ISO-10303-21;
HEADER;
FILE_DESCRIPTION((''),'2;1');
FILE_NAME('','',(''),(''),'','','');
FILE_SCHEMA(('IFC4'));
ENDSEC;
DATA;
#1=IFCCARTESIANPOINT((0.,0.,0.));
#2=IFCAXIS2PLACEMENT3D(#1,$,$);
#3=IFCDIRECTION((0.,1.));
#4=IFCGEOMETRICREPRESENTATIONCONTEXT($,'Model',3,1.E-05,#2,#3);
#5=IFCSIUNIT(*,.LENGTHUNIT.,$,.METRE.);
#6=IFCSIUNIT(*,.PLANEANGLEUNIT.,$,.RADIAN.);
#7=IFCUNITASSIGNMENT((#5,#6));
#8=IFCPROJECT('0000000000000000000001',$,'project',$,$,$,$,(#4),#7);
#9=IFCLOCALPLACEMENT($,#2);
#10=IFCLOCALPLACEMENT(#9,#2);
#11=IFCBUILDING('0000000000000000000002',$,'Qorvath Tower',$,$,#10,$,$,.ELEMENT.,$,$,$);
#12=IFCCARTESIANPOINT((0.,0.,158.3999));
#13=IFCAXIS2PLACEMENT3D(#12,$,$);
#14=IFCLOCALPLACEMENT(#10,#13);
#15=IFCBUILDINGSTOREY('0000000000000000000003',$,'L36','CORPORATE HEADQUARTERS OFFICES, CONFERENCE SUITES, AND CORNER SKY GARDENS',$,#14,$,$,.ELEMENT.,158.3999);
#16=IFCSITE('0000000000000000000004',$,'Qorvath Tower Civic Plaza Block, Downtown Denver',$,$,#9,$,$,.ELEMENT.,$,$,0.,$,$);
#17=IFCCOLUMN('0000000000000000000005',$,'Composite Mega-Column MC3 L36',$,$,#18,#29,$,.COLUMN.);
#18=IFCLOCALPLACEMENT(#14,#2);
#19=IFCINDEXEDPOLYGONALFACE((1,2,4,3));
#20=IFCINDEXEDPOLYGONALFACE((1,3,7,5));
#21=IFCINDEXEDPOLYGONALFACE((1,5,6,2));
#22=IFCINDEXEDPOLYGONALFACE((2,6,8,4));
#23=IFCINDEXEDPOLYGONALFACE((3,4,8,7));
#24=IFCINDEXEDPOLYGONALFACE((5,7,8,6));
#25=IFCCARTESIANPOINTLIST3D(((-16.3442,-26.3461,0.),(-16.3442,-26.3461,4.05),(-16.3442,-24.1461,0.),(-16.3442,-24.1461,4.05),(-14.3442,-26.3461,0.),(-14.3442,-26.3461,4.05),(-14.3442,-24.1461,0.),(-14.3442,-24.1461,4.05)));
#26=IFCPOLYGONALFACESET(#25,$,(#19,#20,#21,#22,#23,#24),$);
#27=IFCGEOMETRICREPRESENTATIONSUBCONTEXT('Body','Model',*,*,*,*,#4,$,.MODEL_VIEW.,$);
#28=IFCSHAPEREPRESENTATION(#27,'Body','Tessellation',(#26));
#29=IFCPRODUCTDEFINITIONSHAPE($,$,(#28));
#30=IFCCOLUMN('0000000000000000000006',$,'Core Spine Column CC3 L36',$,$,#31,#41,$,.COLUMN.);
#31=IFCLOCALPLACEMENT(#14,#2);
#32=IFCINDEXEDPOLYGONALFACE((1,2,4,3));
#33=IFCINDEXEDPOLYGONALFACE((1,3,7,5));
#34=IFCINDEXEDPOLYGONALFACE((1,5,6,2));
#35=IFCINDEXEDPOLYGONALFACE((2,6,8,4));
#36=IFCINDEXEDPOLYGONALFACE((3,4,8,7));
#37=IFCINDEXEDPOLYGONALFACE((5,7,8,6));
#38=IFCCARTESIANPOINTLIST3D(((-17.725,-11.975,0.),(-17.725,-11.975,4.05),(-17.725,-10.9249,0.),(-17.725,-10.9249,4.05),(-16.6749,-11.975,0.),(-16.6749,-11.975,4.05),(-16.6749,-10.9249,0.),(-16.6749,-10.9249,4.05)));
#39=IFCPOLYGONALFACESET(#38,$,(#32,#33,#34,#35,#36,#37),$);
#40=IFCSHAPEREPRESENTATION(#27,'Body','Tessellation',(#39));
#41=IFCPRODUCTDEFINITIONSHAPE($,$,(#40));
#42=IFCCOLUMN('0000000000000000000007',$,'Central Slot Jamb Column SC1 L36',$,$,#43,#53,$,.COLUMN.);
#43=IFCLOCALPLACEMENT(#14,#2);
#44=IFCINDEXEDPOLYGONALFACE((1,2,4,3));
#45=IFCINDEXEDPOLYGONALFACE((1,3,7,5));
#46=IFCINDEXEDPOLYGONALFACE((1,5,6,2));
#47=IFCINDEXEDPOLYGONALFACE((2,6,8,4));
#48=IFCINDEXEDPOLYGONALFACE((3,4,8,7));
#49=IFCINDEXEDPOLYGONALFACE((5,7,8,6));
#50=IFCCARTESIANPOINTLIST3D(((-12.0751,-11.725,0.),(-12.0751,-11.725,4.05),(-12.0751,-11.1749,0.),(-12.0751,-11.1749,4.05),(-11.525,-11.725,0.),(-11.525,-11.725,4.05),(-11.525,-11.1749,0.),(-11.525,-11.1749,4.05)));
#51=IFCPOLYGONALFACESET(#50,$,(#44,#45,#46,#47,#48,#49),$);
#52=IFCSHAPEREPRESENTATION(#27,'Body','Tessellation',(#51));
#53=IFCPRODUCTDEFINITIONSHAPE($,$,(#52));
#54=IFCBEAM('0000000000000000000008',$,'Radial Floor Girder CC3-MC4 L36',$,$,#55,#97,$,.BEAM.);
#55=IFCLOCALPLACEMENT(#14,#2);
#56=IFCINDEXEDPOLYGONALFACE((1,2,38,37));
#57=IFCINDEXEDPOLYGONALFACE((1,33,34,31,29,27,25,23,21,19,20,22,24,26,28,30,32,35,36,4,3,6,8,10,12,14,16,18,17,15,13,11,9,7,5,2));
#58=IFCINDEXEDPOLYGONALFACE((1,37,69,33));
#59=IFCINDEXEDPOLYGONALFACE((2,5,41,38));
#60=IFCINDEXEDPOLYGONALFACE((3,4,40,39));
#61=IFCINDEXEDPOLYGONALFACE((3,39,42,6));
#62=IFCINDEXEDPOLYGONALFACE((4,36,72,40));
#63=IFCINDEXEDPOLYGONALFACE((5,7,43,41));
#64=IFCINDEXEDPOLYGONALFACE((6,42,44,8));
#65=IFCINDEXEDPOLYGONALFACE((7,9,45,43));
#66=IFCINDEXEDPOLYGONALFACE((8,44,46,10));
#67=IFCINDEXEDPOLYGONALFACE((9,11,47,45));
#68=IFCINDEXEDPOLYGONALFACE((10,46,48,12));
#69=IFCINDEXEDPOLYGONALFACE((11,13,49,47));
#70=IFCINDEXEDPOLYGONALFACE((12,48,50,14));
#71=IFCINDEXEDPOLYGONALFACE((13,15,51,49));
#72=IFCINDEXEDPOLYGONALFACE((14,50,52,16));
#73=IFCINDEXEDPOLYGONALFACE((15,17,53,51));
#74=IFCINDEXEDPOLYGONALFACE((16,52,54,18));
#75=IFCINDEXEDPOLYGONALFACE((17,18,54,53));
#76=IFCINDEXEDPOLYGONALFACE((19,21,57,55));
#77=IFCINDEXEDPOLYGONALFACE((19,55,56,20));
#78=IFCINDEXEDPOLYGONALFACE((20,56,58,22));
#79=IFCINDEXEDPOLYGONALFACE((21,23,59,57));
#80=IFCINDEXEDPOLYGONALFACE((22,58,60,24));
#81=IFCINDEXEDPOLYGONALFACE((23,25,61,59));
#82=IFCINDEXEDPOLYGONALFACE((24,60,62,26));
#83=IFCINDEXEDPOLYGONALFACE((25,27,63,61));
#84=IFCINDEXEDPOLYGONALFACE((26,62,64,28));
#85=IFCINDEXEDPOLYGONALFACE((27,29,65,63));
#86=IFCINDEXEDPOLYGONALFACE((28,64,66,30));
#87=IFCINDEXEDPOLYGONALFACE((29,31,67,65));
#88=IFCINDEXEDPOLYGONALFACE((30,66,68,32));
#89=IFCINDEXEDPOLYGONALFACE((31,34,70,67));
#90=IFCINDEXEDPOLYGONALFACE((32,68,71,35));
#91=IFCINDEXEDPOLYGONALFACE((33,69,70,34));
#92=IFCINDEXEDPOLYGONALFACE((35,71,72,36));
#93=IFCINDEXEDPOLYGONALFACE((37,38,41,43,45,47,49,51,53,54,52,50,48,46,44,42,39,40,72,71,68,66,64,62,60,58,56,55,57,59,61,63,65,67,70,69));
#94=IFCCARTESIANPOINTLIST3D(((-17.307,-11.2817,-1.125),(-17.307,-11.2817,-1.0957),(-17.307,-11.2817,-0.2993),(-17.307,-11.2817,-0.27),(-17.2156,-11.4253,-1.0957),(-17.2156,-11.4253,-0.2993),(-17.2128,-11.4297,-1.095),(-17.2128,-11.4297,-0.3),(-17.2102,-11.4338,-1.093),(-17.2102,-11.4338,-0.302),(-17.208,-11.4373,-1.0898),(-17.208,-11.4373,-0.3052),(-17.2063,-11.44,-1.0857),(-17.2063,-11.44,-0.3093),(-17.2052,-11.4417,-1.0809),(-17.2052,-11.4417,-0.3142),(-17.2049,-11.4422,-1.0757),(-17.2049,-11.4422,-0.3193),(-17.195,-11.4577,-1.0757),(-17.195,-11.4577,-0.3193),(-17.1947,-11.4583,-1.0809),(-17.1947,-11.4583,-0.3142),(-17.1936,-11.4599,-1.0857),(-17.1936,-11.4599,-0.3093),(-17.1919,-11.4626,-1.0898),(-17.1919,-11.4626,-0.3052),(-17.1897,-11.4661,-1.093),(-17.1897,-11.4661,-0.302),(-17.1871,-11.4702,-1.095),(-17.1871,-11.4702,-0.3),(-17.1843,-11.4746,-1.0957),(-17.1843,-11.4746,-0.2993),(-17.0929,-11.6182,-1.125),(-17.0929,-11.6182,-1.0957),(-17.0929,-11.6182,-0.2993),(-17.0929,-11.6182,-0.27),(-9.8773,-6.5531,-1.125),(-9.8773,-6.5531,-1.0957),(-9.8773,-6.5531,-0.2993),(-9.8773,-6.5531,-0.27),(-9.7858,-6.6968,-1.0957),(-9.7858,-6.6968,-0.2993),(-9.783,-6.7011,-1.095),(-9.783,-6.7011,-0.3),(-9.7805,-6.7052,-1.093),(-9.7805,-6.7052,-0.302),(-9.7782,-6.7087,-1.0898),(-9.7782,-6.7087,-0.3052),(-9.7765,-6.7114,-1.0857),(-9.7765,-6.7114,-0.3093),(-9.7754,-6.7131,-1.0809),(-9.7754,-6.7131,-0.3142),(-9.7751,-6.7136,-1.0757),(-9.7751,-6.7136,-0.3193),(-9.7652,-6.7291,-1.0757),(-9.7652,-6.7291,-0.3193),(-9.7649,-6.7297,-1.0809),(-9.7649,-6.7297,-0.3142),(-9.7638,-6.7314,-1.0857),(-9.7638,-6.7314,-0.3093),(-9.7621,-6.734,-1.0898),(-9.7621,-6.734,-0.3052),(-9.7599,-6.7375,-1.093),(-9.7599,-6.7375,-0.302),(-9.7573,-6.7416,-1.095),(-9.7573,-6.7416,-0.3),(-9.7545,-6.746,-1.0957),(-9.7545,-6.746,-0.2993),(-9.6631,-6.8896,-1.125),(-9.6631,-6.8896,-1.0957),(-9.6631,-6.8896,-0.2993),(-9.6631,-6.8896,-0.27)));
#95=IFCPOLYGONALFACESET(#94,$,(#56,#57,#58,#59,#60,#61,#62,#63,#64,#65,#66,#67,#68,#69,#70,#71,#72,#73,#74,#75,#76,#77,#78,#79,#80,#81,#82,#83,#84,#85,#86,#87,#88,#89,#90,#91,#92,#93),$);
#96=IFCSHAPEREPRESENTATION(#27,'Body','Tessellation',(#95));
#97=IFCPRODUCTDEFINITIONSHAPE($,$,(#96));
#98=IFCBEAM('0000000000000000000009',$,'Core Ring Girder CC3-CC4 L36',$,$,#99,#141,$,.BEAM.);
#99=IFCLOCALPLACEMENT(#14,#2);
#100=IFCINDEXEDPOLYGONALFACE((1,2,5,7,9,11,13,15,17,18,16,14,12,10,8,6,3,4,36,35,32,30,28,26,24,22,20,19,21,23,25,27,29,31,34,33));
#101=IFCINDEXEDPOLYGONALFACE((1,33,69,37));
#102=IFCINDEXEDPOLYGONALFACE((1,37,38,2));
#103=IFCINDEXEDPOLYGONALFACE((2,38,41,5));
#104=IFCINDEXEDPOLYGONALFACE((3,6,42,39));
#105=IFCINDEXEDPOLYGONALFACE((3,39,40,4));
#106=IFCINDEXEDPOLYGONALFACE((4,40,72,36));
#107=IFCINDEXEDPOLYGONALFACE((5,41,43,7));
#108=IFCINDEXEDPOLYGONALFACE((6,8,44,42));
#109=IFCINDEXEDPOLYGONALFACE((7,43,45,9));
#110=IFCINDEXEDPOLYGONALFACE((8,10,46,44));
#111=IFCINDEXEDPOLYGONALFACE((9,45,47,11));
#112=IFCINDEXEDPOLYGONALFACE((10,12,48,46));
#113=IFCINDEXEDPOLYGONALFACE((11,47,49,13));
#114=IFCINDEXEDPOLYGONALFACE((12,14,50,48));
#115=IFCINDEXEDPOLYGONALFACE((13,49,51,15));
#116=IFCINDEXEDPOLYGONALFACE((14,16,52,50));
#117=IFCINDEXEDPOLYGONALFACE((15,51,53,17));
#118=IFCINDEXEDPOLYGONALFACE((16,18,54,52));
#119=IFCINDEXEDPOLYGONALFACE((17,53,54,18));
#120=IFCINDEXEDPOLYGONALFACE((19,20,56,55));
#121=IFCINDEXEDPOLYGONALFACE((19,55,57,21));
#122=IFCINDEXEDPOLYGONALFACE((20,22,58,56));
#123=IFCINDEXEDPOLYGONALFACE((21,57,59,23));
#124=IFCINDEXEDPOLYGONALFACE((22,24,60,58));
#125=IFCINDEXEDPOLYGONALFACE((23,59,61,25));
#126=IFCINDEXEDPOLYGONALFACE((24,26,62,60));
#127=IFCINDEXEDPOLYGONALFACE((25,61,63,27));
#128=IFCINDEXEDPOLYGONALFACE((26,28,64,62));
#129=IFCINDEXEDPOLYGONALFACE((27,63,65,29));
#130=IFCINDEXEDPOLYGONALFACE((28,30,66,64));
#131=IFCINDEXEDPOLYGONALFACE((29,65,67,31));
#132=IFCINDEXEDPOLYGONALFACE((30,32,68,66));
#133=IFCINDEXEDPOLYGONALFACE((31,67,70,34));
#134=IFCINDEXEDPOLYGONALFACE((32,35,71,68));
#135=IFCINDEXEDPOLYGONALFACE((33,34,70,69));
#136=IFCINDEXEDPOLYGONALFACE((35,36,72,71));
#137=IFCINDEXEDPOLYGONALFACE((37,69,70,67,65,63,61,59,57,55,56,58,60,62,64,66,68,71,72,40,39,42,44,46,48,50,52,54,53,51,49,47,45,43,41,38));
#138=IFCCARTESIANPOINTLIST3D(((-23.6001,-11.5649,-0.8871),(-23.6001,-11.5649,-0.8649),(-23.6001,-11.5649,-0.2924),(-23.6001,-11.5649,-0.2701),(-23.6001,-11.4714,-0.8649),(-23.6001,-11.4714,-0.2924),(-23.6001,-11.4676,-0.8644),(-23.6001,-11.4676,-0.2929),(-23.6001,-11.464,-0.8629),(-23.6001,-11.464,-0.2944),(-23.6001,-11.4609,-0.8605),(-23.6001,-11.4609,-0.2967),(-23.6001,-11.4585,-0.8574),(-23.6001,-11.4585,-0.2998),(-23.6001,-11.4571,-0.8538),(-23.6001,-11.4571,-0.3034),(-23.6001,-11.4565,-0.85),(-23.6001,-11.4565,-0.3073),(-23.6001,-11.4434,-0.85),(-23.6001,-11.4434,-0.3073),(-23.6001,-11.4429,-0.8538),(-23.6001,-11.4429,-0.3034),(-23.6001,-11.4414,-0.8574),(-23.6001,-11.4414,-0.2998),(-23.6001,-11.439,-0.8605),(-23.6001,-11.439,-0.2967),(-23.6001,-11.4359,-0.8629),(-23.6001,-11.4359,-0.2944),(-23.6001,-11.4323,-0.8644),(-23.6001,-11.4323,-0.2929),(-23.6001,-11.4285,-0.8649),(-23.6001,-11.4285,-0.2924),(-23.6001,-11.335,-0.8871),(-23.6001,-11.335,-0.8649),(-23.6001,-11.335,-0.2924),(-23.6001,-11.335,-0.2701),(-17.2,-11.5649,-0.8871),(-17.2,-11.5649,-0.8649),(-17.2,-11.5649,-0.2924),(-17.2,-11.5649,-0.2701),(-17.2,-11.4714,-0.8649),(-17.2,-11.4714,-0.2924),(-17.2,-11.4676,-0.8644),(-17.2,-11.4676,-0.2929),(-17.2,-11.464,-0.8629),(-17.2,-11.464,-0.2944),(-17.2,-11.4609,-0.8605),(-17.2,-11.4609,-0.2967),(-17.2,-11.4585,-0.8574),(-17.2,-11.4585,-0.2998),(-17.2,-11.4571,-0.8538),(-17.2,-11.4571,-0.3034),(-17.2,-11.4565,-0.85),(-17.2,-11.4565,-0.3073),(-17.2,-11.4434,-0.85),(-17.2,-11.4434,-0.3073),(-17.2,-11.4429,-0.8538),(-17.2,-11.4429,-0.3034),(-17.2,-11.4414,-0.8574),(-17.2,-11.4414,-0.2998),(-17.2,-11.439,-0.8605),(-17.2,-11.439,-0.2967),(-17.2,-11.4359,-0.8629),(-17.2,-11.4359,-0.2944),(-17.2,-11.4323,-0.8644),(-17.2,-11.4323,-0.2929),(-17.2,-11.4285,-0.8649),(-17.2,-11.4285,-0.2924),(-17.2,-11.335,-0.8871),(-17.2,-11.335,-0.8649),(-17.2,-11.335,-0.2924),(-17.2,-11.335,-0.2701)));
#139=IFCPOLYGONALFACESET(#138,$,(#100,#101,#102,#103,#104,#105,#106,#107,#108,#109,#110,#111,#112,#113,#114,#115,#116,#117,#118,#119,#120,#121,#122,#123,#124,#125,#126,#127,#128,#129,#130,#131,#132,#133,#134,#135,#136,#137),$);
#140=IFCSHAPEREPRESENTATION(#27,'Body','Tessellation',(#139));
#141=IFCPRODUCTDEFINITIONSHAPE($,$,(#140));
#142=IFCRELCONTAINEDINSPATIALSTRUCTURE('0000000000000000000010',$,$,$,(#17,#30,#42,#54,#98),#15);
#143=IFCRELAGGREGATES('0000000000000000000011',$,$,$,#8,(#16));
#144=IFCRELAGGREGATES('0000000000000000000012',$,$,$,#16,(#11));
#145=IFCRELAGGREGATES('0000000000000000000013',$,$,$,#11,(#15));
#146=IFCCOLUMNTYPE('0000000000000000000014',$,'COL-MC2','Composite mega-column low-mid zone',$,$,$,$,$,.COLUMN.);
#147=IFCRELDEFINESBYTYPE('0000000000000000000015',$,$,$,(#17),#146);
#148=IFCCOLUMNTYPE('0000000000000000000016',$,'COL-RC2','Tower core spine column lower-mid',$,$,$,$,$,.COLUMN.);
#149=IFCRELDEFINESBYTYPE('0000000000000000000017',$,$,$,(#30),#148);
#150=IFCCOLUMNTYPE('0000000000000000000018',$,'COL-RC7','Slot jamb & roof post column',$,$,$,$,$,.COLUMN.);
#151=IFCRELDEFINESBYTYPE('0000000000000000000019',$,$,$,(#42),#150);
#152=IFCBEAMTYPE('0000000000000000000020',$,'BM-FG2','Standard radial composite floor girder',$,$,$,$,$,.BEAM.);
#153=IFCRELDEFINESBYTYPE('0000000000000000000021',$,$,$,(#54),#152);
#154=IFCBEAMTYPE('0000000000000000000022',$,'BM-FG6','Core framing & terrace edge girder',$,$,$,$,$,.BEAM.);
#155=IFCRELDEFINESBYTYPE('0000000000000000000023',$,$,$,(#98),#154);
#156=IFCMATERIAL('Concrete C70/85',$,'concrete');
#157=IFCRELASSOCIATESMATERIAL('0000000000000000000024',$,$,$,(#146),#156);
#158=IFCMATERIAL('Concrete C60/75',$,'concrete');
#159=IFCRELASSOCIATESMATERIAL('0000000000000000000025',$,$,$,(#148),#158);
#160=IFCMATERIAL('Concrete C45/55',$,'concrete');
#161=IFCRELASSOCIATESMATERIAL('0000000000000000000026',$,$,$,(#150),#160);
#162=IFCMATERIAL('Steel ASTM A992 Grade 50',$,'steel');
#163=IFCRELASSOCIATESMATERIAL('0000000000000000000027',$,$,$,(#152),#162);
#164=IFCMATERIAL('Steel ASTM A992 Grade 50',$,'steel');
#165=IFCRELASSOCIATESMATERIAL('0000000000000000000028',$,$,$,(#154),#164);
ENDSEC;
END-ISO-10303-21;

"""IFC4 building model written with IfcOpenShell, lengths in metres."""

from ifc_helpers import new_model, si_unit, direction, frame, origin, origin_2d, place, context, subcontext, project, spatial, rectangle, i_section, extrude, material, material_profile, profile_set, type_object, element, save


model = new_model("IFC4")

# Units and contexts
model_context = context("Model", 3, precision=1e-05, world=origin(), true_north=direction((0.0, 1.0)))
body_context = subcontext(model_context, "Body", "Model", "MODEL_VIEW")
ifc_project = project(units=[si_unit("LENGTHUNIT", "METRE"), si_unit("PLANEANGLEUNIT", "RADIAN")], contexts=[model_context])

# Site, building, storey
site_placement = place(None, origin())
site = spatial("IfcSite", under=ifc_project, at=site_placement, Name="Qorvath Tower Civic Plaza Block, Downtown Denver", CompositionType="ELEMENT", RefElevation=0.0)
building_placement = place(site_placement, origin())
building = spatial("IfcBuilding", under=site, at=building_placement, Name="Qorvath Tower", CompositionType="ELEMENT")
storey_placement = place(building_placement, frame((0.0, 0.0, 158.3999)))
storey = spatial("IfcBuildingStorey", under=building, at=storey_placement, Name="L36", Description="CORPORATE HEADQUARTERS OFFICES, CONFERENCE SUITES, AND CORNER SKY GARDENS", CompositionType="ELEMENT", Elevation=158.3999)

# Columns
ifc_material_1 = material(Name="Concrete C70/85", Category="concrete")
ifc_material_profile_1 = material_profile(ifc_material_1, rectangle(XDim=2.0, YDim=2.2, at=origin_2d()), Name="MC 2200x2000")
ifc_profile_set_1 = profile_set([ifc_material_profile_1], Name="Concrete C70/85")
column_type_1 = type_object("IfcColumnType", Name="COL-MC2", Description="Composite mega-column low-mid zone", PredefinedType="COLUMN", material=ifc_profile_set_1)
column_1_placement = place(storey_placement, frame((-15.3442, -25.2461, 0.0), z_axis=(0.0, 0.0, 1.0), x_axis=(1.0, 0.0, 0.0)))
element("IfcColumn", 1, at=column_1_placement, inside=storey, type_object=column_type_1, Name="Composite Mega-Column MC3 L36", PredefinedType="COLUMN", context=body_context, shape_type="SweptSolid", body=[
    extrude(rectangle(XDim=2.0, YDim=2.2, at=origin_2d()), origin(), (0.0, 0.0, 1.0), 4.05),
])
ifc_material_2 = material(Name="Concrete C60/75", Category="concrete")
ifc_material_profile_2 = material_profile(ifc_material_2, rectangle(XDim=1.05, YDim=1.05, at=origin_2d()), Name="RC 1050x1050")
ifc_profile_set_2 = profile_set([ifc_material_profile_2], Name="Concrete C60/75")
column_type_2 = type_object("IfcColumnType", Name="COL-RC2", Description="Tower core spine column lower-mid", PredefinedType="COLUMN", material=ifc_profile_set_2)
column_2_placement = place(storey_placement, frame((-17.2, -11.45, 0.0), z_axis=(0.0, 0.0, 1.0), x_axis=(1.0, 0.0, 0.0)))
element("IfcColumn", 2, at=column_2_placement, inside=storey, type_object=column_type_2, Name="Core Spine Column CC3 L36", PredefinedType="COLUMN", context=body_context, shape_type="SweptSolid", body=[
    extrude(rectangle(XDim=1.05, YDim=1.05, at=origin_2d()), origin(), (0.0, 0.0, 1.0), 4.05),
])
ifc_material_3 = material(Name="Concrete C45/55", Category="concrete")
ifc_material_profile_3 = material_profile(ifc_material_3, rectangle(XDim=0.55, YDim=0.55, at=origin_2d()), Name="RC 550x550")
ifc_profile_set_3 = profile_set([ifc_material_profile_3], Name="Concrete C45/55")
column_type_3 = type_object("IfcColumnType", Name="COL-RC7", Description="Slot jamb & roof post column", PredefinedType="COLUMN", material=ifc_profile_set_3)
column_3_placement = place(storey_placement, frame((-11.8, -11.45, 0.0), z_axis=(0.0, 0.0, 1.0), x_axis=(1.0, 0.0, 0.0)))
element("IfcColumn", 3, at=column_3_placement, inside=storey, type_object=column_type_3, Name="Central Slot Jamb Column SC1 L36", PredefinedType="COLUMN", context=body_context, shape_type="SweptSolid", body=[
    extrude(rectangle(XDim=0.55, YDim=0.55, at=origin_2d()), origin(), (0.0, 0.0, 1.0), 4.05),
])

# Beams
ifc_material_4 = material(Name="Steel ASTM A992 Grade 50", Category="steel")
ifc_material_profile_4 = material_profile(ifc_material_4, i_section(OverallWidth=0.3989, OverallDepth=0.855, WebThickness=0.0183, FlangeThickness=0.0293, FilletRadius=0.02, at=origin_2d()), Name="W33x201")
ifc_profile_set_4 = profile_set([ifc_material_profile_4], Name="Steel ASTM A992 Grade 50")
beam_type_1 = type_object("IfcBeamType", Name="BM-FG2", Description="Standard radial composite floor girder", PredefinedType="BEAM", material=ifc_profile_set_4)
beam_1_placement = place(storey_placement, frame((-17.2, -11.45, -0.6975), z_axis=(0.843634, 0.536919, 0.0), x_axis=(-0.536919, 0.843634, 0.0)))
element("IfcBeam", 4, at=beam_1_placement, inside=storey, type_object=beam_type_1, Name="Radial Floor Girder CC3-MC4 L36", PredefinedType="BEAM", context=body_context, shape_type="SweptSolid", body=[
    extrude(i_section(OverallWidth=0.3989, OverallDepth=0.855, WebThickness=0.0183, FlangeThickness=0.0293, FilletRadius=0.02, at=origin_2d()), origin(), (0.0, 0.0, 1.0), 8.8069),
])
ifc_material_5 = material(Name="Steel ASTM A992 Grade 50", Category="steel")
ifc_material_profile_5 = material_profile(ifc_material_5, i_section(OverallWidth=0.23, OverallDepth=0.6169, WebThickness=0.0132, FlangeThickness=0.0222, FilletRadius=0.0149, at=origin_2d()), Name="W24x94")
ifc_profile_set_5 = profile_set([ifc_material_profile_5], Name="Steel ASTM A992 Grade 50")
beam_type_2 = type_object("IfcBeamType", Name="BM-FG6", Description="Core framing & terrace edge girder", PredefinedType="BEAM", material=ifc_profile_set_5)
beam_2_placement = place(storey_placement, frame((-17.2, -11.45, -0.5786), z_axis=(-1.0, 0.0, 0.0), x_axis=(0.0, -1.0, 0.0)))
element("IfcBeam", 5, at=beam_2_placement, inside=storey, type_object=beam_type_2, Name="Core Ring Girder CC3-CC4 L36", PredefinedType="BEAM", context=body_context, shape_type="SweptSolid", body=[
    extrude(i_section(OverallWidth=0.23, OverallDepth=0.6169, WebThickness=0.0132, FlangeThickness=0.0222, FilletRadius=0.0149, at=origin_2d()), origin(), (0.0, 0.0, 1.0), 6.4001),
])

save(model, "model.ifc")
